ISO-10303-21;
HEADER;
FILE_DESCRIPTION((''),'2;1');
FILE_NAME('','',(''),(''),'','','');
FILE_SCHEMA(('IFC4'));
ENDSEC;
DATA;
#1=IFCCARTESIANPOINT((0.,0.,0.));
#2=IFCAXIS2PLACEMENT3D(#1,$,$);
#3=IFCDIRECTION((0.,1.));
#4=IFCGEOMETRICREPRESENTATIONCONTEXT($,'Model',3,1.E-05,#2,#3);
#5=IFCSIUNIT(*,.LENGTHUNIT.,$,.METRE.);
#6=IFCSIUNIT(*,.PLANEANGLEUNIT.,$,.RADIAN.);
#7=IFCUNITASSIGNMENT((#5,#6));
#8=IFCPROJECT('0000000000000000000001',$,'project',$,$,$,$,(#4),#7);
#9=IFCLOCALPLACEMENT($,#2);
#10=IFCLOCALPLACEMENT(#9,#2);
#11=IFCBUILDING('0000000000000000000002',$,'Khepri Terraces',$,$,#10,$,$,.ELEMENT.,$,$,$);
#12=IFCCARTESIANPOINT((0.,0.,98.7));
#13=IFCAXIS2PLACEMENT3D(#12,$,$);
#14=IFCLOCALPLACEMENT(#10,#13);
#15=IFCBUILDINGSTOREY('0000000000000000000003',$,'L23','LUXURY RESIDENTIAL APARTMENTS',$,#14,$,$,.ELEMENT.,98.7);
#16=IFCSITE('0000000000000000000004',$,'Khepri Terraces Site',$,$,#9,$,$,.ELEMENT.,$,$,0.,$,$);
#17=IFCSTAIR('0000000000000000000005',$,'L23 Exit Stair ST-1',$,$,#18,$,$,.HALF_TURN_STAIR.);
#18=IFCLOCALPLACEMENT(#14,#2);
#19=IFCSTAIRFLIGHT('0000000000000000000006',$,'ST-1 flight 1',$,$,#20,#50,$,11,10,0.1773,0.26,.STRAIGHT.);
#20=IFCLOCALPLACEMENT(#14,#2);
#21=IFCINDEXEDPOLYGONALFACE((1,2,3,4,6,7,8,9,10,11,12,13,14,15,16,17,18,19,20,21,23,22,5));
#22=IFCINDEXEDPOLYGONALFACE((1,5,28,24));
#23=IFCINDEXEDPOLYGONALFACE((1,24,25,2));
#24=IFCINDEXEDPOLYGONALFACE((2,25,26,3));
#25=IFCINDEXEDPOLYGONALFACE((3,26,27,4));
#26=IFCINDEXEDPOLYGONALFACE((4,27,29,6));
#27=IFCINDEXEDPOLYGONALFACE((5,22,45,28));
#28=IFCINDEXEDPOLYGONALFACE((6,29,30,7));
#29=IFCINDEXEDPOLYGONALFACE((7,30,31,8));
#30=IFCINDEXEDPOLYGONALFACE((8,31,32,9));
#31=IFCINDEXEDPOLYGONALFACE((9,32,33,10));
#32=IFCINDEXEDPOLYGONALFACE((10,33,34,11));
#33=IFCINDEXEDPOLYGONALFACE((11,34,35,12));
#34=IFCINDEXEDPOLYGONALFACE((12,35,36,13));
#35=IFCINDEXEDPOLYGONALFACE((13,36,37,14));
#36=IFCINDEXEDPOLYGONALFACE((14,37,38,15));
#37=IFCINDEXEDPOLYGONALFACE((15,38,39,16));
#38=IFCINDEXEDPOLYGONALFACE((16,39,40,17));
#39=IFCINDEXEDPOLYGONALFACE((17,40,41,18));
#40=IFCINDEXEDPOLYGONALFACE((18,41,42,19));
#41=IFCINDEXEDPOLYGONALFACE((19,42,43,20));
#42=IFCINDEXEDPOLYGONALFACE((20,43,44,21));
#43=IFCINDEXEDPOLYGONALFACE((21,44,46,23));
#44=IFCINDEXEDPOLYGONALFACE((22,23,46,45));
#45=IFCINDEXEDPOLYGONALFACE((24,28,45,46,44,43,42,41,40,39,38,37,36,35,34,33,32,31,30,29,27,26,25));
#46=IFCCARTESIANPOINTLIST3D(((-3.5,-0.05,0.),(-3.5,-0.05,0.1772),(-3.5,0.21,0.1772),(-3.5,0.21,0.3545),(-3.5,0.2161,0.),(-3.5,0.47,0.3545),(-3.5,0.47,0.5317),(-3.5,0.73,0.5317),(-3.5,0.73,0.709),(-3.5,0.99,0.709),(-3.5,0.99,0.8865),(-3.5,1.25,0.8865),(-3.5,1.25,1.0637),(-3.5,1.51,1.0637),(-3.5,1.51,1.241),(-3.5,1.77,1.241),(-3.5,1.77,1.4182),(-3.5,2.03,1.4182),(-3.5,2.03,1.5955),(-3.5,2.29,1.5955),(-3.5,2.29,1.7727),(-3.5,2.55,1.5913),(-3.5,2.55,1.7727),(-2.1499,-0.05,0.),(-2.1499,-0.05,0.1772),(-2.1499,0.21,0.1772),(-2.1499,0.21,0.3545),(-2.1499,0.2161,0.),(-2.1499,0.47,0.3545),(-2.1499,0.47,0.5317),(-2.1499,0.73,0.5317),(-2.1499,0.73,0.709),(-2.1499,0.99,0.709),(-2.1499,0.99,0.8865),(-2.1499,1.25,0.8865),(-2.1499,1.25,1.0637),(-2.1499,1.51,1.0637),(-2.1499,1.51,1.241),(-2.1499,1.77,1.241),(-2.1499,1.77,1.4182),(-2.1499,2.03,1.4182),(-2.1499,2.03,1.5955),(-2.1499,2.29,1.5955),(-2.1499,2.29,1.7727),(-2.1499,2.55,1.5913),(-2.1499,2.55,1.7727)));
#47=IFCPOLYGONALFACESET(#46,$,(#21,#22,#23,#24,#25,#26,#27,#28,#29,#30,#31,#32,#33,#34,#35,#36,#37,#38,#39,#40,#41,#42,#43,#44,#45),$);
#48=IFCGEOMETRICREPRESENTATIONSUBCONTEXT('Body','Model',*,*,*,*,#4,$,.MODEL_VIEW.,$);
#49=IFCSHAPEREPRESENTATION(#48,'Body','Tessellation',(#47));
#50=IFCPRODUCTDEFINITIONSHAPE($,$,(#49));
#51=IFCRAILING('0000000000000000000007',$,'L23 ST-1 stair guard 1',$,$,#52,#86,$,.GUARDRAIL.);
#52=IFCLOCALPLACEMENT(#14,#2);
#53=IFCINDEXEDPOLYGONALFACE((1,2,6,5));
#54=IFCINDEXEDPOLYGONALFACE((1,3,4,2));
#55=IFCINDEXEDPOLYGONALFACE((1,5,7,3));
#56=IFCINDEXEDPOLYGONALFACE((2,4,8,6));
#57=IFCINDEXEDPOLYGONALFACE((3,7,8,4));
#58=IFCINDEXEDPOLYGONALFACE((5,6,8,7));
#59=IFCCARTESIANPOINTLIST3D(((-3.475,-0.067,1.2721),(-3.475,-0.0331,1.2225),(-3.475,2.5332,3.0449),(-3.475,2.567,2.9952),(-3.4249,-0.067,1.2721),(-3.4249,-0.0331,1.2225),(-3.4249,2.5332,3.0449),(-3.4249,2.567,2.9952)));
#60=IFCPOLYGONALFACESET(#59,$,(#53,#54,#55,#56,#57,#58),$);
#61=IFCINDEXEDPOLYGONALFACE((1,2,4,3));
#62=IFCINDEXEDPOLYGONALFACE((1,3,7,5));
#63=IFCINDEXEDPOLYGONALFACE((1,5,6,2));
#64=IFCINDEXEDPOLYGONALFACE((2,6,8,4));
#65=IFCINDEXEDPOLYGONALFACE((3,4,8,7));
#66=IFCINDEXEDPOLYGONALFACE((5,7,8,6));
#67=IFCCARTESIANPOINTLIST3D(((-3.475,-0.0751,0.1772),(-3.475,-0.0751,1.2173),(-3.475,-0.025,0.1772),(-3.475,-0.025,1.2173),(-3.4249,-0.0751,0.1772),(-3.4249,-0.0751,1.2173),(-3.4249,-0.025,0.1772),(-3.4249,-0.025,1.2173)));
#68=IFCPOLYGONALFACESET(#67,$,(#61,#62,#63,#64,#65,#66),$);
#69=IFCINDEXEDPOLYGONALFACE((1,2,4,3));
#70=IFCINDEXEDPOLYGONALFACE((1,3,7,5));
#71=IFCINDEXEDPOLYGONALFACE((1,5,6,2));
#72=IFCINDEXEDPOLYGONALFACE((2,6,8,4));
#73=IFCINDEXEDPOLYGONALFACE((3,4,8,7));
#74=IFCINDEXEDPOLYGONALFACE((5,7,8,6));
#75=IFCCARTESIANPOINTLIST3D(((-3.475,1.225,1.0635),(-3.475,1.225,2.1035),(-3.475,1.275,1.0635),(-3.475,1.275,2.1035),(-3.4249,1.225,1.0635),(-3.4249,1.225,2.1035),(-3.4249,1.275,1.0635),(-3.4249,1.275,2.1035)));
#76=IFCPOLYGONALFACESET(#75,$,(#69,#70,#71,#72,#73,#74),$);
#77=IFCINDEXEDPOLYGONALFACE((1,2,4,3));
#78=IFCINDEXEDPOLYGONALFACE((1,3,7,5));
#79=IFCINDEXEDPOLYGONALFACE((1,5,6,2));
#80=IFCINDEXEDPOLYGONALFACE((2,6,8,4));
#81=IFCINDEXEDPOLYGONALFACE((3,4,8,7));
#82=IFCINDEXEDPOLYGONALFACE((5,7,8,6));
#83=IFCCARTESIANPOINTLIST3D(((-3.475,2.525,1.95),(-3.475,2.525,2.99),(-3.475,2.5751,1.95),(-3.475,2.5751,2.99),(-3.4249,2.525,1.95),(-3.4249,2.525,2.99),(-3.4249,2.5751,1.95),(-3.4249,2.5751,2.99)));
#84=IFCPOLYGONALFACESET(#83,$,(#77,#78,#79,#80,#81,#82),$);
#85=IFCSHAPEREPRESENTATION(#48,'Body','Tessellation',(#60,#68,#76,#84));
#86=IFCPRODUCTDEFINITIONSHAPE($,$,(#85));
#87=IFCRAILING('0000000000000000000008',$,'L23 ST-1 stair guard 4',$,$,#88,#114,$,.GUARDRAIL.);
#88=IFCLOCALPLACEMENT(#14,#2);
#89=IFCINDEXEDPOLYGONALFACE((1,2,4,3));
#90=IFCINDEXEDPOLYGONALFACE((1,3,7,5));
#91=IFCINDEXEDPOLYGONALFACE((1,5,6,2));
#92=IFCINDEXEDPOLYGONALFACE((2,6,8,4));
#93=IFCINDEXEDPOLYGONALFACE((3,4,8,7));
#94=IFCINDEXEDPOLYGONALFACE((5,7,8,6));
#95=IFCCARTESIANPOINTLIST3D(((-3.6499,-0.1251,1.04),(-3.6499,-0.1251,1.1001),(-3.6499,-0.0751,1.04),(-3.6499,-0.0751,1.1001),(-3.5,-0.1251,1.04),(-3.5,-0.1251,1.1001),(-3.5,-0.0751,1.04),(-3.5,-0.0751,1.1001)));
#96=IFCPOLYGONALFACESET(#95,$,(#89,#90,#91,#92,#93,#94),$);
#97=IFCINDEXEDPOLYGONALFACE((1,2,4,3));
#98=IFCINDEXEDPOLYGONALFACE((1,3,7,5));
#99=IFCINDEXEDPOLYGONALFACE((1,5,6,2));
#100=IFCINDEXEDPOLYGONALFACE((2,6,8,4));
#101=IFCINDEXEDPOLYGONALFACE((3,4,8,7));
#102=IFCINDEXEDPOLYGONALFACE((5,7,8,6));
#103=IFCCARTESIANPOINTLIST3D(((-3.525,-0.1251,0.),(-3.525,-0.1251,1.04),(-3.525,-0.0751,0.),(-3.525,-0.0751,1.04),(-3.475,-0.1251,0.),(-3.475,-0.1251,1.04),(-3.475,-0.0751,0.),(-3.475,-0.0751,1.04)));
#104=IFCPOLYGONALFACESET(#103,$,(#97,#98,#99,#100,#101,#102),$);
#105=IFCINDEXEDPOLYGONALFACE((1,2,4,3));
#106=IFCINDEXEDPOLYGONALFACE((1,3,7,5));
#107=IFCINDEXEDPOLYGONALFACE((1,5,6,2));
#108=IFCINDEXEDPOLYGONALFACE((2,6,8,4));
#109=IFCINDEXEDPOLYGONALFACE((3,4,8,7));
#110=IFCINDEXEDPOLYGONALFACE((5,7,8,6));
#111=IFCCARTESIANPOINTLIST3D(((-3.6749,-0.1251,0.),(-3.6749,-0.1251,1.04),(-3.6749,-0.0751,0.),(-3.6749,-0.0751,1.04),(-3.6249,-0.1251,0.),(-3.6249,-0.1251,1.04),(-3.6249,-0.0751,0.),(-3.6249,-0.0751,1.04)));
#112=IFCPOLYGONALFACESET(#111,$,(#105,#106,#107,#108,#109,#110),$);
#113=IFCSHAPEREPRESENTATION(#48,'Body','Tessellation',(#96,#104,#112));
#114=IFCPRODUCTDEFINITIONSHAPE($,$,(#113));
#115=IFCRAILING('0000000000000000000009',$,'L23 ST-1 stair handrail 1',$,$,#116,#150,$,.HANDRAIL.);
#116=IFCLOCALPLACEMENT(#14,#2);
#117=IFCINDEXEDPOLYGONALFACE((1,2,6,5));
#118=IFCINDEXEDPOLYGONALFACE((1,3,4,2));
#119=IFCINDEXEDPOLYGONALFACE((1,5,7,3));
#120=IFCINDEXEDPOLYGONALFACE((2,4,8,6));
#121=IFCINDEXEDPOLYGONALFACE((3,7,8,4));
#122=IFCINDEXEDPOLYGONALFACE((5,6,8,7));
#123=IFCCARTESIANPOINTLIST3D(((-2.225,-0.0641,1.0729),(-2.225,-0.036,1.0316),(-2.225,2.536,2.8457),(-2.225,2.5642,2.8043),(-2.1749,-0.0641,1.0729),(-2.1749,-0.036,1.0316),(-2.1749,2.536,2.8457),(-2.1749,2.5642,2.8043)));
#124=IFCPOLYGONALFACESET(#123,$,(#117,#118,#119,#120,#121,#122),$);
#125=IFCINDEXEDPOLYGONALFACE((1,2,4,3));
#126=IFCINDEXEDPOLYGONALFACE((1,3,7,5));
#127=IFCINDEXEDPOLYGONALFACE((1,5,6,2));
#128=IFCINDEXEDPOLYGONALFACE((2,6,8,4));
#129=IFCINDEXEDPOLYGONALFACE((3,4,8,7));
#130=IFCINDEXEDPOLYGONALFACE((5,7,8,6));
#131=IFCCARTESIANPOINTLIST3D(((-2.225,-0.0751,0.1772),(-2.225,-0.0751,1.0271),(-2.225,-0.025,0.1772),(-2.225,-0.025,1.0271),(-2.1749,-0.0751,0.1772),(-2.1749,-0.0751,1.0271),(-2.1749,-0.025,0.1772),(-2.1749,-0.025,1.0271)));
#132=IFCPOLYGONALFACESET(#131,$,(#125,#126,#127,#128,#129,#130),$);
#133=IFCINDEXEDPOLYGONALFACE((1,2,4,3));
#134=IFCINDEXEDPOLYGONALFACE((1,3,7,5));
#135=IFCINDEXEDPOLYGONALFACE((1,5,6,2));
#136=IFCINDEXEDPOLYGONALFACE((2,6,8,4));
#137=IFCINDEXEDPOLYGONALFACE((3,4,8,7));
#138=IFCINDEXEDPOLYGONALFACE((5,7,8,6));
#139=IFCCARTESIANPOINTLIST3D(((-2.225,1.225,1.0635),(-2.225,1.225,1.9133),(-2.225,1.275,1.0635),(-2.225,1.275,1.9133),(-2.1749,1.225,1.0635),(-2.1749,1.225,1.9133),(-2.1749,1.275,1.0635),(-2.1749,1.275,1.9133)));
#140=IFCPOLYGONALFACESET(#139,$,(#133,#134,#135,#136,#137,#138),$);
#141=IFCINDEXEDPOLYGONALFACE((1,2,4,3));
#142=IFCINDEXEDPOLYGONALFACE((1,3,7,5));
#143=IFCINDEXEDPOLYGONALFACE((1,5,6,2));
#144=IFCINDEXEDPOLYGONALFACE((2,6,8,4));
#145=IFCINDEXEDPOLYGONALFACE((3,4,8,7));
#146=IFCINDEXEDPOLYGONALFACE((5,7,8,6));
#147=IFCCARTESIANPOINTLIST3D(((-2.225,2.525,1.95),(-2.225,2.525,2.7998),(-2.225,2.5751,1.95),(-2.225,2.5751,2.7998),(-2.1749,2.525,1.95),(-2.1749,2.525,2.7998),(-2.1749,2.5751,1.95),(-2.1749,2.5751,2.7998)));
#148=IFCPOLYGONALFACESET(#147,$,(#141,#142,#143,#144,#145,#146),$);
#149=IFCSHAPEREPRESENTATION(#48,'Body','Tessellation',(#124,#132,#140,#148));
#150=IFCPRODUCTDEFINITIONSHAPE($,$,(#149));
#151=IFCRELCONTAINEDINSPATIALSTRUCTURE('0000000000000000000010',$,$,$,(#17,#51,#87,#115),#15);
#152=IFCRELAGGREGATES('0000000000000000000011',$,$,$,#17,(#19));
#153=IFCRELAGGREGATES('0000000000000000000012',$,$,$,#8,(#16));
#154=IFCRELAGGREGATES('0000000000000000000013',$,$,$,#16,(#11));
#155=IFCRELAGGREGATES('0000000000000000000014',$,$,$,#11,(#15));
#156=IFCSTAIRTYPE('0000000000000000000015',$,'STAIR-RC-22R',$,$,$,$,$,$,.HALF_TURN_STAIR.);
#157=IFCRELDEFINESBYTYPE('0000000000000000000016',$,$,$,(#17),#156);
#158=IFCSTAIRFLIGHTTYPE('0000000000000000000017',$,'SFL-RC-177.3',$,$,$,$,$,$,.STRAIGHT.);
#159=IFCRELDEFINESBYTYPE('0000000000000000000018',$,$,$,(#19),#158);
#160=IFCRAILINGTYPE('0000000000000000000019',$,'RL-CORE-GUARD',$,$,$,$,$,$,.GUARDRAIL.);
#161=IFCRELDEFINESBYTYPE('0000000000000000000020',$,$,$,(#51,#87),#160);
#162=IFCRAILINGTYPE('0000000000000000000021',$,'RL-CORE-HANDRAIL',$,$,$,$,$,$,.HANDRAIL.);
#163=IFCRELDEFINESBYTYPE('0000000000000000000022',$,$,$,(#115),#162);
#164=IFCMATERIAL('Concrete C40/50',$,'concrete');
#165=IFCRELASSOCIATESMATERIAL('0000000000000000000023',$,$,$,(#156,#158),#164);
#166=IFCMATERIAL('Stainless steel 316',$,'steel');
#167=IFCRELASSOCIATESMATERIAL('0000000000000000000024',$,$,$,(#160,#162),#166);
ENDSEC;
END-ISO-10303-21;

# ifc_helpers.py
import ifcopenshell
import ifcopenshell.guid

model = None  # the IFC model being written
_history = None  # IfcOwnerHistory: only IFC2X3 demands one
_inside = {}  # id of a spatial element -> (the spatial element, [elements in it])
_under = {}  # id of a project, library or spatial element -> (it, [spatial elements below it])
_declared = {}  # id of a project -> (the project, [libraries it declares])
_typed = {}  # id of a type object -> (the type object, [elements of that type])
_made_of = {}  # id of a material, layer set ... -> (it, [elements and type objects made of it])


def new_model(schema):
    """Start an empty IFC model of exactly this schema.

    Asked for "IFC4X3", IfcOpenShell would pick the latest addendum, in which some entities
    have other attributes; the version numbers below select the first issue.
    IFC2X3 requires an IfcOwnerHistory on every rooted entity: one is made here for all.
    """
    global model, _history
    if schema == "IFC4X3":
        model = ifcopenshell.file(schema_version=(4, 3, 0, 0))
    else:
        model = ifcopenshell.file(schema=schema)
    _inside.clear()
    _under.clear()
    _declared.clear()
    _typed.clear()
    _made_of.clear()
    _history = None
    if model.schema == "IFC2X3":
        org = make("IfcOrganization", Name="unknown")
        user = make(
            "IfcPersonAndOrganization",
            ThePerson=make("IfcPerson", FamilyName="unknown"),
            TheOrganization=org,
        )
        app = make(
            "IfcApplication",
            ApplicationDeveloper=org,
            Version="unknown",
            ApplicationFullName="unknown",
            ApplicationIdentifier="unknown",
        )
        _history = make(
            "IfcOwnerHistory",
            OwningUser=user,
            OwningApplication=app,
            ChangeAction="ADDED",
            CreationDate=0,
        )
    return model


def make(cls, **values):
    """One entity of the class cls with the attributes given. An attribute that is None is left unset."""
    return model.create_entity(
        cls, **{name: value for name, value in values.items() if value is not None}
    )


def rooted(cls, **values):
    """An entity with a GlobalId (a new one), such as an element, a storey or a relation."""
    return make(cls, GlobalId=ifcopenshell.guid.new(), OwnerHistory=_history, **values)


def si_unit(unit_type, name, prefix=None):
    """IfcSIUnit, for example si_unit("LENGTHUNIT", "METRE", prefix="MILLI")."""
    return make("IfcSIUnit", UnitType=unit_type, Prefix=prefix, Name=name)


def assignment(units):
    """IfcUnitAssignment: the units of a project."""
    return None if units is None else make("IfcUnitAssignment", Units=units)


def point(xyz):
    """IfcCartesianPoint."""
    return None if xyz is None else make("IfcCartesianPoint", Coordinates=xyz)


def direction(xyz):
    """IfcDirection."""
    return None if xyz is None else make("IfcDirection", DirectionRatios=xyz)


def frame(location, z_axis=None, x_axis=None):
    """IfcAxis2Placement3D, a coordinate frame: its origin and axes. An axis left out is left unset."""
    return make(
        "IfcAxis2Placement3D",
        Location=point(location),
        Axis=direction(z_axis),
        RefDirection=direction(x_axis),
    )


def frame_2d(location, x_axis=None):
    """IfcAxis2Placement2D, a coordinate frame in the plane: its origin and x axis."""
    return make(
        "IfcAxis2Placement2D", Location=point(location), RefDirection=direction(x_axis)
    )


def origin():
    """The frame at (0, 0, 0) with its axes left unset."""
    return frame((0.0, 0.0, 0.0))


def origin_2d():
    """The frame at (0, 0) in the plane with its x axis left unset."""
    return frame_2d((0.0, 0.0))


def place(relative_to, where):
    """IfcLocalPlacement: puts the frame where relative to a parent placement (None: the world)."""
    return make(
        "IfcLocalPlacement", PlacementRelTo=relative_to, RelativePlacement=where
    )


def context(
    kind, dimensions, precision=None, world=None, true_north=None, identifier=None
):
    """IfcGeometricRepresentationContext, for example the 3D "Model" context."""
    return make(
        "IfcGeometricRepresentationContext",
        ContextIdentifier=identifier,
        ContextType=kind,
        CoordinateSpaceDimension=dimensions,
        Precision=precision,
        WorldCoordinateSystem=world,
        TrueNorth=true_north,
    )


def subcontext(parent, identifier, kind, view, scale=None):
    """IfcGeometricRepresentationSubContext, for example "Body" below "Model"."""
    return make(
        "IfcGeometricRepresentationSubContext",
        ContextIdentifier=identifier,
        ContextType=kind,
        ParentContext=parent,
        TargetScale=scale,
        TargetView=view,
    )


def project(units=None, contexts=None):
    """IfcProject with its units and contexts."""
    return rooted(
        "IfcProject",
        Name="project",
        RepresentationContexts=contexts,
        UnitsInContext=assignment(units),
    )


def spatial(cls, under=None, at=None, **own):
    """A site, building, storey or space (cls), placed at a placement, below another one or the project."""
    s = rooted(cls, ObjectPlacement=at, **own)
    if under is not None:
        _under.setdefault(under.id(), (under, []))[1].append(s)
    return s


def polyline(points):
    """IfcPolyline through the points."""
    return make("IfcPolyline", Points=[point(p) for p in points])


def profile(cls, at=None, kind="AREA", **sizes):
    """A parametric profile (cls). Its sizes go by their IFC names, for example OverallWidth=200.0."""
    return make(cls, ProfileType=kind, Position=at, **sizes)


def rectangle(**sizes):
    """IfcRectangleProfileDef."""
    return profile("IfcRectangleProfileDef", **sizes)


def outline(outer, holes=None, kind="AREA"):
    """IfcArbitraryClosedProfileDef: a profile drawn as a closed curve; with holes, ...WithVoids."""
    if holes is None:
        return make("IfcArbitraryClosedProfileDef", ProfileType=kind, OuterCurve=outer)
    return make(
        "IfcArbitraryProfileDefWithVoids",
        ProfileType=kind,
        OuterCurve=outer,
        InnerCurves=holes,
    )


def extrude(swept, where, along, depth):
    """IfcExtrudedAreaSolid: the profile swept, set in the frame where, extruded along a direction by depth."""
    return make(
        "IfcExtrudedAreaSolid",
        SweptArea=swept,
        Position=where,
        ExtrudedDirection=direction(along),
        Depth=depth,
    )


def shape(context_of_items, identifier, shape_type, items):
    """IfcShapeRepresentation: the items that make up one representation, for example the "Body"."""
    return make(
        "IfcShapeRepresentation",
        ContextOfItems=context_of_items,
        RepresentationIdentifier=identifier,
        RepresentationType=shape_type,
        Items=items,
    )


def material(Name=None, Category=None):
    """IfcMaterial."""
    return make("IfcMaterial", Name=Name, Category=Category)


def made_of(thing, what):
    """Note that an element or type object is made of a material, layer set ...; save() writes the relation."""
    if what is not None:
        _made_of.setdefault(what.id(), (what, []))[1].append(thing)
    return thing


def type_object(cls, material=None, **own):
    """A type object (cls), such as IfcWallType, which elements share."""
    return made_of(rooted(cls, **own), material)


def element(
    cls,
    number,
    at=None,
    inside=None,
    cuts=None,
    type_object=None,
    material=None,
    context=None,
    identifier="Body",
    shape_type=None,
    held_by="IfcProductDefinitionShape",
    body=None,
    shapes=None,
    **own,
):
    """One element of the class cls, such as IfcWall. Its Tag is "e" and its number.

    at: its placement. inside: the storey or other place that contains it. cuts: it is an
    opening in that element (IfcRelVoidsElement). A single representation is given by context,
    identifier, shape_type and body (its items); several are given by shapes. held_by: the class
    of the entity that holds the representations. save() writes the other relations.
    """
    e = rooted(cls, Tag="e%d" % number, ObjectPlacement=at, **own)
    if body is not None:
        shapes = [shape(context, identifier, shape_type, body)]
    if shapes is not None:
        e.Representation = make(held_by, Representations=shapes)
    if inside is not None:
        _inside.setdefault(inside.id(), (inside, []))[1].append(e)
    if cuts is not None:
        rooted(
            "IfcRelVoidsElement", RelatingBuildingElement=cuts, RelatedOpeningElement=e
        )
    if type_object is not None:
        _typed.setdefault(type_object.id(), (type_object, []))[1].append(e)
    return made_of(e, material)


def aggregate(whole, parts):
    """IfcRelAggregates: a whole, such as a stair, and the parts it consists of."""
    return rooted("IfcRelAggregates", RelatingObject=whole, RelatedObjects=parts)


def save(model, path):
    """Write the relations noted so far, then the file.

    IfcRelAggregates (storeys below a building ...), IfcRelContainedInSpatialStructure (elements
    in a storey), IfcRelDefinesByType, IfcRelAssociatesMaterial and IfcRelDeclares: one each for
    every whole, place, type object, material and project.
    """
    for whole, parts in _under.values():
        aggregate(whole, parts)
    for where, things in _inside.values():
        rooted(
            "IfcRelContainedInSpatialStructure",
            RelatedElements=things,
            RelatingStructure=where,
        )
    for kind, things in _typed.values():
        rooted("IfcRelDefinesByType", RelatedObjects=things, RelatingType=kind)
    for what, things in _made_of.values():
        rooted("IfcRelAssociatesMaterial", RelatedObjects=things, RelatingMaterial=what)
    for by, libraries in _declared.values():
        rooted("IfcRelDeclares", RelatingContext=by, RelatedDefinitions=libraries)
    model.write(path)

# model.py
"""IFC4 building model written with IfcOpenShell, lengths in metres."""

from ifc_helpers import new_model, si_unit, direction, frame, origin, origin_2d, place, context, subcontext, project, spatial, polyline, rectangle, outline, extrude, material, type_object, element, aggregate, save


model = new_model("IFC4")

# Units and contexts
model_context = context("Model", 3, precision=1e-05, world=origin(), true_north=direction((0.0, 1.0)))
body_context = subcontext(model_context, "Body", "Model", "MODEL_VIEW")
ifc_project = project(units=[si_unit("LENGTHUNIT", "METRE"), si_unit("PLANEANGLEUNIT", "RADIAN")], contexts=[model_context])

# Site, building, storey
site_placement = place(None, origin())
site = spatial("IfcSite", under=ifc_project, at=site_placement, Name="Khepri Terraces Site", CompositionType="ELEMENT", RefElevation=0.0)
building_placement = place(site_placement, origin())
building = spatial("IfcBuilding", under=site, at=building_placement, Name="Khepri Terraces", CompositionType="ELEMENT")
storey_placement = place(building_placement, frame((0.0, 0.0, 98.7)))
storey = spatial("IfcBuildingStorey", under=building, at=storey_placement, Name="L23", Description="LUXURY RESIDENTIAL APARTMENTS", CompositionType="ELEMENT", Elevation=98.7)

# Stair, stair flight
ifc_material_1 = material(Name="Concrete C40/50", Category="concrete")
stair_type = type_object("IfcStairType", Name="STAIR-RC-22R", PredefinedType="HALF_TURN_STAIR", material=ifc_material_1)
stair_placement = place(storey_placement, origin())
stair = element("IfcStair", 1, at=stair_placement, inside=storey, type_object=stair_type, Name="L23 Exit Stair ST-1", PredefinedType="HALF_TURN_STAIR")
stair_flight_type = type_object("IfcStairFlightType", Name="SFL-RC-177.3", PredefinedType="STRAIGHT", material=ifc_material_1)
stair_flight_placement = place(storey_placement, frame((-2.825, -0.05, 0.0), z_axis=(0.0, 0.0, 1.0), x_axis=(0.0, 1.0, 0.0)))
stair_flight = element("IfcStairFlight", 2, at=stair_flight_placement, type_object=stair_flight_type, Name="ST-1 flight 1", NumberOfRisers=11, NumberOfTreads=10, PredefinedType="STRAIGHT", RiserHeight=0.1773, TreadLength=0.26, context=body_context, shape_type="SweptSolid", body=[
    extrude(outline(polyline([(0.0, 0.0), (0.0, 0.1772), (0.26, 0.1772), (0.26, 0.3545), (0.52, 0.3545), (0.52, 0.5317), (0.78, 0.5317), (0.78, 0.709), (1.04, 0.709), (1.04, 0.8865), (1.3, 0.8865), (1.3, 1.0637), (1.5601, 1.0637), (1.5601, 1.241), (1.8201, 1.241), (1.8201, 1.4182), (2.0801, 1.4182), (2.0801, 1.5955), (2.3401, 1.5955), (2.3401, 1.7727), (2.6001, 1.7727), (2.6001, 1.95), (2.6001, 1.5913), (0.2661, 0.0), (0.0, 0.0)])), frame((0.0, 0.675, 0.0), z_axis=(0.0, -1.0, 0.0), x_axis=(1.0, 0.0, 0.0)), (0.0, 0.0, 1.0), 1.3501),
])
aggregate(stair, [stair_flight])

# Railings
ifc_material_2 = material(Name="Stainless steel 316", Category="steel")
railing_type_1 = type_object("IfcRailingType", Name="RL-CORE-GUARD", PredefinedType="GUARDRAIL", material=ifc_material_2)
railing_1_placement = place(storey_placement, frame((-3.45, -0.05, 0.1772)))
element("IfcRailing", 3, at=railing_1_placement, inside=storey, type_object=railing_type_1, Name="L23 ST-1 stair guard 1", PredefinedType="GUARDRAIL", context=body_context, shape_type="SweptSolid", body=[
    extrude(rectangle(XDim=0.05, YDim=0.0601, at=origin_2d()), frame((0.0, 0.0, 1.0701), z_axis=(0.0, 0.82624, 0.563318), x_axis=(-1.0, 0.0, 0.0)), (0.0, 0.0, 1.0), 3.147),
    extrude(rectangle(XDim=0.05, YDim=0.05, at=origin_2d()), origin(), (0.0, 0.0, 1.0), 1.04),
    extrude(rectangle(XDim=0.05, YDim=0.05, at=origin_2d()), frame((0.0, 1.3, 0.8862)), (0.0, 0.0, 1.0), 1.04),
    extrude(rectangle(XDim=0.05, YDim=0.05, at=origin_2d()), frame((0.0, 2.6001, 1.7727)), (0.0, 0.0, 1.0), 1.04),
])
railing_2_placement = place(storey_placement, frame((-3.5, -0.1001, 0.0)))
element("IfcRailing", 4, at=railing_2_placement, inside=storey, type_object=railing_type_1, Name="L23 ST-1 stair guard 4", PredefinedType="GUARDRAIL", context=body_context, shape_type="SweptSolid", body=[
    extrude(rectangle(XDim=0.05, YDim=0.0601, at=origin_2d()), frame((0.0, 0.0, 1.0701), z_axis=(-1.0, 0.0, 0.0), x_axis=(0.0, -1.0, 0.0)), (0.0, 0.0, 1.0), 0.1499),
    extrude(rectangle(XDim=0.05, YDim=0.05, at=origin_2d()), origin(), (0.0, 0.0, 1.0), 1.04),
    extrude(rectangle(XDim=0.05, YDim=0.05, at=origin_2d()), frame((-0.1499, 0.0, 0.0)), (0.0, 0.0, 1.0), 1.04),
])
railing_type_2 = type_object("IfcRailingType", Name="RL-CORE-HANDRAIL", PredefinedType="HANDRAIL", material=ifc_material_2)
railing_3_placement = place(storey_placement, frame((-2.2, -0.05, 0.1772)))
element("IfcRailing", 5, at=railing_3_placement, inside=storey, type_object=railing_type_2, Name="L23 ST-1 stair handrail 1", PredefinedType="HANDRAIL", context=body_context, shape_type="SweptSolid", body=[
    extrude(rectangle(XDim=0.05, YDim=0.05, at=origin_2d()), frame((0.0, 0.0, 0.875), z_axis=(0.0, 0.82624, 0.563318), x_axis=(-1.0, 0.0, 0.0)), (0.0, 0.0, 1.0), 3.147),
    extrude(rectangle(XDim=0.05, YDim=0.05, at=origin_2d()), origin(), (0.0, 0.0, 1.0), 0.8499),
    extrude(rectangle(XDim=0.05, YDim=0.05, at=origin_2d()), frame((0.0, 1.3, 0.8862)), (0.0, 0.0, 1.0), 0.8499),
    extrude(rectangle(XDim=0.05, YDim=0.05, at=origin_2d()), frame((0.0, 2.6001, 1.7727)), (0.0, 0.0, 1.0), 0.8499),
])

save(model, "model.ifc")
